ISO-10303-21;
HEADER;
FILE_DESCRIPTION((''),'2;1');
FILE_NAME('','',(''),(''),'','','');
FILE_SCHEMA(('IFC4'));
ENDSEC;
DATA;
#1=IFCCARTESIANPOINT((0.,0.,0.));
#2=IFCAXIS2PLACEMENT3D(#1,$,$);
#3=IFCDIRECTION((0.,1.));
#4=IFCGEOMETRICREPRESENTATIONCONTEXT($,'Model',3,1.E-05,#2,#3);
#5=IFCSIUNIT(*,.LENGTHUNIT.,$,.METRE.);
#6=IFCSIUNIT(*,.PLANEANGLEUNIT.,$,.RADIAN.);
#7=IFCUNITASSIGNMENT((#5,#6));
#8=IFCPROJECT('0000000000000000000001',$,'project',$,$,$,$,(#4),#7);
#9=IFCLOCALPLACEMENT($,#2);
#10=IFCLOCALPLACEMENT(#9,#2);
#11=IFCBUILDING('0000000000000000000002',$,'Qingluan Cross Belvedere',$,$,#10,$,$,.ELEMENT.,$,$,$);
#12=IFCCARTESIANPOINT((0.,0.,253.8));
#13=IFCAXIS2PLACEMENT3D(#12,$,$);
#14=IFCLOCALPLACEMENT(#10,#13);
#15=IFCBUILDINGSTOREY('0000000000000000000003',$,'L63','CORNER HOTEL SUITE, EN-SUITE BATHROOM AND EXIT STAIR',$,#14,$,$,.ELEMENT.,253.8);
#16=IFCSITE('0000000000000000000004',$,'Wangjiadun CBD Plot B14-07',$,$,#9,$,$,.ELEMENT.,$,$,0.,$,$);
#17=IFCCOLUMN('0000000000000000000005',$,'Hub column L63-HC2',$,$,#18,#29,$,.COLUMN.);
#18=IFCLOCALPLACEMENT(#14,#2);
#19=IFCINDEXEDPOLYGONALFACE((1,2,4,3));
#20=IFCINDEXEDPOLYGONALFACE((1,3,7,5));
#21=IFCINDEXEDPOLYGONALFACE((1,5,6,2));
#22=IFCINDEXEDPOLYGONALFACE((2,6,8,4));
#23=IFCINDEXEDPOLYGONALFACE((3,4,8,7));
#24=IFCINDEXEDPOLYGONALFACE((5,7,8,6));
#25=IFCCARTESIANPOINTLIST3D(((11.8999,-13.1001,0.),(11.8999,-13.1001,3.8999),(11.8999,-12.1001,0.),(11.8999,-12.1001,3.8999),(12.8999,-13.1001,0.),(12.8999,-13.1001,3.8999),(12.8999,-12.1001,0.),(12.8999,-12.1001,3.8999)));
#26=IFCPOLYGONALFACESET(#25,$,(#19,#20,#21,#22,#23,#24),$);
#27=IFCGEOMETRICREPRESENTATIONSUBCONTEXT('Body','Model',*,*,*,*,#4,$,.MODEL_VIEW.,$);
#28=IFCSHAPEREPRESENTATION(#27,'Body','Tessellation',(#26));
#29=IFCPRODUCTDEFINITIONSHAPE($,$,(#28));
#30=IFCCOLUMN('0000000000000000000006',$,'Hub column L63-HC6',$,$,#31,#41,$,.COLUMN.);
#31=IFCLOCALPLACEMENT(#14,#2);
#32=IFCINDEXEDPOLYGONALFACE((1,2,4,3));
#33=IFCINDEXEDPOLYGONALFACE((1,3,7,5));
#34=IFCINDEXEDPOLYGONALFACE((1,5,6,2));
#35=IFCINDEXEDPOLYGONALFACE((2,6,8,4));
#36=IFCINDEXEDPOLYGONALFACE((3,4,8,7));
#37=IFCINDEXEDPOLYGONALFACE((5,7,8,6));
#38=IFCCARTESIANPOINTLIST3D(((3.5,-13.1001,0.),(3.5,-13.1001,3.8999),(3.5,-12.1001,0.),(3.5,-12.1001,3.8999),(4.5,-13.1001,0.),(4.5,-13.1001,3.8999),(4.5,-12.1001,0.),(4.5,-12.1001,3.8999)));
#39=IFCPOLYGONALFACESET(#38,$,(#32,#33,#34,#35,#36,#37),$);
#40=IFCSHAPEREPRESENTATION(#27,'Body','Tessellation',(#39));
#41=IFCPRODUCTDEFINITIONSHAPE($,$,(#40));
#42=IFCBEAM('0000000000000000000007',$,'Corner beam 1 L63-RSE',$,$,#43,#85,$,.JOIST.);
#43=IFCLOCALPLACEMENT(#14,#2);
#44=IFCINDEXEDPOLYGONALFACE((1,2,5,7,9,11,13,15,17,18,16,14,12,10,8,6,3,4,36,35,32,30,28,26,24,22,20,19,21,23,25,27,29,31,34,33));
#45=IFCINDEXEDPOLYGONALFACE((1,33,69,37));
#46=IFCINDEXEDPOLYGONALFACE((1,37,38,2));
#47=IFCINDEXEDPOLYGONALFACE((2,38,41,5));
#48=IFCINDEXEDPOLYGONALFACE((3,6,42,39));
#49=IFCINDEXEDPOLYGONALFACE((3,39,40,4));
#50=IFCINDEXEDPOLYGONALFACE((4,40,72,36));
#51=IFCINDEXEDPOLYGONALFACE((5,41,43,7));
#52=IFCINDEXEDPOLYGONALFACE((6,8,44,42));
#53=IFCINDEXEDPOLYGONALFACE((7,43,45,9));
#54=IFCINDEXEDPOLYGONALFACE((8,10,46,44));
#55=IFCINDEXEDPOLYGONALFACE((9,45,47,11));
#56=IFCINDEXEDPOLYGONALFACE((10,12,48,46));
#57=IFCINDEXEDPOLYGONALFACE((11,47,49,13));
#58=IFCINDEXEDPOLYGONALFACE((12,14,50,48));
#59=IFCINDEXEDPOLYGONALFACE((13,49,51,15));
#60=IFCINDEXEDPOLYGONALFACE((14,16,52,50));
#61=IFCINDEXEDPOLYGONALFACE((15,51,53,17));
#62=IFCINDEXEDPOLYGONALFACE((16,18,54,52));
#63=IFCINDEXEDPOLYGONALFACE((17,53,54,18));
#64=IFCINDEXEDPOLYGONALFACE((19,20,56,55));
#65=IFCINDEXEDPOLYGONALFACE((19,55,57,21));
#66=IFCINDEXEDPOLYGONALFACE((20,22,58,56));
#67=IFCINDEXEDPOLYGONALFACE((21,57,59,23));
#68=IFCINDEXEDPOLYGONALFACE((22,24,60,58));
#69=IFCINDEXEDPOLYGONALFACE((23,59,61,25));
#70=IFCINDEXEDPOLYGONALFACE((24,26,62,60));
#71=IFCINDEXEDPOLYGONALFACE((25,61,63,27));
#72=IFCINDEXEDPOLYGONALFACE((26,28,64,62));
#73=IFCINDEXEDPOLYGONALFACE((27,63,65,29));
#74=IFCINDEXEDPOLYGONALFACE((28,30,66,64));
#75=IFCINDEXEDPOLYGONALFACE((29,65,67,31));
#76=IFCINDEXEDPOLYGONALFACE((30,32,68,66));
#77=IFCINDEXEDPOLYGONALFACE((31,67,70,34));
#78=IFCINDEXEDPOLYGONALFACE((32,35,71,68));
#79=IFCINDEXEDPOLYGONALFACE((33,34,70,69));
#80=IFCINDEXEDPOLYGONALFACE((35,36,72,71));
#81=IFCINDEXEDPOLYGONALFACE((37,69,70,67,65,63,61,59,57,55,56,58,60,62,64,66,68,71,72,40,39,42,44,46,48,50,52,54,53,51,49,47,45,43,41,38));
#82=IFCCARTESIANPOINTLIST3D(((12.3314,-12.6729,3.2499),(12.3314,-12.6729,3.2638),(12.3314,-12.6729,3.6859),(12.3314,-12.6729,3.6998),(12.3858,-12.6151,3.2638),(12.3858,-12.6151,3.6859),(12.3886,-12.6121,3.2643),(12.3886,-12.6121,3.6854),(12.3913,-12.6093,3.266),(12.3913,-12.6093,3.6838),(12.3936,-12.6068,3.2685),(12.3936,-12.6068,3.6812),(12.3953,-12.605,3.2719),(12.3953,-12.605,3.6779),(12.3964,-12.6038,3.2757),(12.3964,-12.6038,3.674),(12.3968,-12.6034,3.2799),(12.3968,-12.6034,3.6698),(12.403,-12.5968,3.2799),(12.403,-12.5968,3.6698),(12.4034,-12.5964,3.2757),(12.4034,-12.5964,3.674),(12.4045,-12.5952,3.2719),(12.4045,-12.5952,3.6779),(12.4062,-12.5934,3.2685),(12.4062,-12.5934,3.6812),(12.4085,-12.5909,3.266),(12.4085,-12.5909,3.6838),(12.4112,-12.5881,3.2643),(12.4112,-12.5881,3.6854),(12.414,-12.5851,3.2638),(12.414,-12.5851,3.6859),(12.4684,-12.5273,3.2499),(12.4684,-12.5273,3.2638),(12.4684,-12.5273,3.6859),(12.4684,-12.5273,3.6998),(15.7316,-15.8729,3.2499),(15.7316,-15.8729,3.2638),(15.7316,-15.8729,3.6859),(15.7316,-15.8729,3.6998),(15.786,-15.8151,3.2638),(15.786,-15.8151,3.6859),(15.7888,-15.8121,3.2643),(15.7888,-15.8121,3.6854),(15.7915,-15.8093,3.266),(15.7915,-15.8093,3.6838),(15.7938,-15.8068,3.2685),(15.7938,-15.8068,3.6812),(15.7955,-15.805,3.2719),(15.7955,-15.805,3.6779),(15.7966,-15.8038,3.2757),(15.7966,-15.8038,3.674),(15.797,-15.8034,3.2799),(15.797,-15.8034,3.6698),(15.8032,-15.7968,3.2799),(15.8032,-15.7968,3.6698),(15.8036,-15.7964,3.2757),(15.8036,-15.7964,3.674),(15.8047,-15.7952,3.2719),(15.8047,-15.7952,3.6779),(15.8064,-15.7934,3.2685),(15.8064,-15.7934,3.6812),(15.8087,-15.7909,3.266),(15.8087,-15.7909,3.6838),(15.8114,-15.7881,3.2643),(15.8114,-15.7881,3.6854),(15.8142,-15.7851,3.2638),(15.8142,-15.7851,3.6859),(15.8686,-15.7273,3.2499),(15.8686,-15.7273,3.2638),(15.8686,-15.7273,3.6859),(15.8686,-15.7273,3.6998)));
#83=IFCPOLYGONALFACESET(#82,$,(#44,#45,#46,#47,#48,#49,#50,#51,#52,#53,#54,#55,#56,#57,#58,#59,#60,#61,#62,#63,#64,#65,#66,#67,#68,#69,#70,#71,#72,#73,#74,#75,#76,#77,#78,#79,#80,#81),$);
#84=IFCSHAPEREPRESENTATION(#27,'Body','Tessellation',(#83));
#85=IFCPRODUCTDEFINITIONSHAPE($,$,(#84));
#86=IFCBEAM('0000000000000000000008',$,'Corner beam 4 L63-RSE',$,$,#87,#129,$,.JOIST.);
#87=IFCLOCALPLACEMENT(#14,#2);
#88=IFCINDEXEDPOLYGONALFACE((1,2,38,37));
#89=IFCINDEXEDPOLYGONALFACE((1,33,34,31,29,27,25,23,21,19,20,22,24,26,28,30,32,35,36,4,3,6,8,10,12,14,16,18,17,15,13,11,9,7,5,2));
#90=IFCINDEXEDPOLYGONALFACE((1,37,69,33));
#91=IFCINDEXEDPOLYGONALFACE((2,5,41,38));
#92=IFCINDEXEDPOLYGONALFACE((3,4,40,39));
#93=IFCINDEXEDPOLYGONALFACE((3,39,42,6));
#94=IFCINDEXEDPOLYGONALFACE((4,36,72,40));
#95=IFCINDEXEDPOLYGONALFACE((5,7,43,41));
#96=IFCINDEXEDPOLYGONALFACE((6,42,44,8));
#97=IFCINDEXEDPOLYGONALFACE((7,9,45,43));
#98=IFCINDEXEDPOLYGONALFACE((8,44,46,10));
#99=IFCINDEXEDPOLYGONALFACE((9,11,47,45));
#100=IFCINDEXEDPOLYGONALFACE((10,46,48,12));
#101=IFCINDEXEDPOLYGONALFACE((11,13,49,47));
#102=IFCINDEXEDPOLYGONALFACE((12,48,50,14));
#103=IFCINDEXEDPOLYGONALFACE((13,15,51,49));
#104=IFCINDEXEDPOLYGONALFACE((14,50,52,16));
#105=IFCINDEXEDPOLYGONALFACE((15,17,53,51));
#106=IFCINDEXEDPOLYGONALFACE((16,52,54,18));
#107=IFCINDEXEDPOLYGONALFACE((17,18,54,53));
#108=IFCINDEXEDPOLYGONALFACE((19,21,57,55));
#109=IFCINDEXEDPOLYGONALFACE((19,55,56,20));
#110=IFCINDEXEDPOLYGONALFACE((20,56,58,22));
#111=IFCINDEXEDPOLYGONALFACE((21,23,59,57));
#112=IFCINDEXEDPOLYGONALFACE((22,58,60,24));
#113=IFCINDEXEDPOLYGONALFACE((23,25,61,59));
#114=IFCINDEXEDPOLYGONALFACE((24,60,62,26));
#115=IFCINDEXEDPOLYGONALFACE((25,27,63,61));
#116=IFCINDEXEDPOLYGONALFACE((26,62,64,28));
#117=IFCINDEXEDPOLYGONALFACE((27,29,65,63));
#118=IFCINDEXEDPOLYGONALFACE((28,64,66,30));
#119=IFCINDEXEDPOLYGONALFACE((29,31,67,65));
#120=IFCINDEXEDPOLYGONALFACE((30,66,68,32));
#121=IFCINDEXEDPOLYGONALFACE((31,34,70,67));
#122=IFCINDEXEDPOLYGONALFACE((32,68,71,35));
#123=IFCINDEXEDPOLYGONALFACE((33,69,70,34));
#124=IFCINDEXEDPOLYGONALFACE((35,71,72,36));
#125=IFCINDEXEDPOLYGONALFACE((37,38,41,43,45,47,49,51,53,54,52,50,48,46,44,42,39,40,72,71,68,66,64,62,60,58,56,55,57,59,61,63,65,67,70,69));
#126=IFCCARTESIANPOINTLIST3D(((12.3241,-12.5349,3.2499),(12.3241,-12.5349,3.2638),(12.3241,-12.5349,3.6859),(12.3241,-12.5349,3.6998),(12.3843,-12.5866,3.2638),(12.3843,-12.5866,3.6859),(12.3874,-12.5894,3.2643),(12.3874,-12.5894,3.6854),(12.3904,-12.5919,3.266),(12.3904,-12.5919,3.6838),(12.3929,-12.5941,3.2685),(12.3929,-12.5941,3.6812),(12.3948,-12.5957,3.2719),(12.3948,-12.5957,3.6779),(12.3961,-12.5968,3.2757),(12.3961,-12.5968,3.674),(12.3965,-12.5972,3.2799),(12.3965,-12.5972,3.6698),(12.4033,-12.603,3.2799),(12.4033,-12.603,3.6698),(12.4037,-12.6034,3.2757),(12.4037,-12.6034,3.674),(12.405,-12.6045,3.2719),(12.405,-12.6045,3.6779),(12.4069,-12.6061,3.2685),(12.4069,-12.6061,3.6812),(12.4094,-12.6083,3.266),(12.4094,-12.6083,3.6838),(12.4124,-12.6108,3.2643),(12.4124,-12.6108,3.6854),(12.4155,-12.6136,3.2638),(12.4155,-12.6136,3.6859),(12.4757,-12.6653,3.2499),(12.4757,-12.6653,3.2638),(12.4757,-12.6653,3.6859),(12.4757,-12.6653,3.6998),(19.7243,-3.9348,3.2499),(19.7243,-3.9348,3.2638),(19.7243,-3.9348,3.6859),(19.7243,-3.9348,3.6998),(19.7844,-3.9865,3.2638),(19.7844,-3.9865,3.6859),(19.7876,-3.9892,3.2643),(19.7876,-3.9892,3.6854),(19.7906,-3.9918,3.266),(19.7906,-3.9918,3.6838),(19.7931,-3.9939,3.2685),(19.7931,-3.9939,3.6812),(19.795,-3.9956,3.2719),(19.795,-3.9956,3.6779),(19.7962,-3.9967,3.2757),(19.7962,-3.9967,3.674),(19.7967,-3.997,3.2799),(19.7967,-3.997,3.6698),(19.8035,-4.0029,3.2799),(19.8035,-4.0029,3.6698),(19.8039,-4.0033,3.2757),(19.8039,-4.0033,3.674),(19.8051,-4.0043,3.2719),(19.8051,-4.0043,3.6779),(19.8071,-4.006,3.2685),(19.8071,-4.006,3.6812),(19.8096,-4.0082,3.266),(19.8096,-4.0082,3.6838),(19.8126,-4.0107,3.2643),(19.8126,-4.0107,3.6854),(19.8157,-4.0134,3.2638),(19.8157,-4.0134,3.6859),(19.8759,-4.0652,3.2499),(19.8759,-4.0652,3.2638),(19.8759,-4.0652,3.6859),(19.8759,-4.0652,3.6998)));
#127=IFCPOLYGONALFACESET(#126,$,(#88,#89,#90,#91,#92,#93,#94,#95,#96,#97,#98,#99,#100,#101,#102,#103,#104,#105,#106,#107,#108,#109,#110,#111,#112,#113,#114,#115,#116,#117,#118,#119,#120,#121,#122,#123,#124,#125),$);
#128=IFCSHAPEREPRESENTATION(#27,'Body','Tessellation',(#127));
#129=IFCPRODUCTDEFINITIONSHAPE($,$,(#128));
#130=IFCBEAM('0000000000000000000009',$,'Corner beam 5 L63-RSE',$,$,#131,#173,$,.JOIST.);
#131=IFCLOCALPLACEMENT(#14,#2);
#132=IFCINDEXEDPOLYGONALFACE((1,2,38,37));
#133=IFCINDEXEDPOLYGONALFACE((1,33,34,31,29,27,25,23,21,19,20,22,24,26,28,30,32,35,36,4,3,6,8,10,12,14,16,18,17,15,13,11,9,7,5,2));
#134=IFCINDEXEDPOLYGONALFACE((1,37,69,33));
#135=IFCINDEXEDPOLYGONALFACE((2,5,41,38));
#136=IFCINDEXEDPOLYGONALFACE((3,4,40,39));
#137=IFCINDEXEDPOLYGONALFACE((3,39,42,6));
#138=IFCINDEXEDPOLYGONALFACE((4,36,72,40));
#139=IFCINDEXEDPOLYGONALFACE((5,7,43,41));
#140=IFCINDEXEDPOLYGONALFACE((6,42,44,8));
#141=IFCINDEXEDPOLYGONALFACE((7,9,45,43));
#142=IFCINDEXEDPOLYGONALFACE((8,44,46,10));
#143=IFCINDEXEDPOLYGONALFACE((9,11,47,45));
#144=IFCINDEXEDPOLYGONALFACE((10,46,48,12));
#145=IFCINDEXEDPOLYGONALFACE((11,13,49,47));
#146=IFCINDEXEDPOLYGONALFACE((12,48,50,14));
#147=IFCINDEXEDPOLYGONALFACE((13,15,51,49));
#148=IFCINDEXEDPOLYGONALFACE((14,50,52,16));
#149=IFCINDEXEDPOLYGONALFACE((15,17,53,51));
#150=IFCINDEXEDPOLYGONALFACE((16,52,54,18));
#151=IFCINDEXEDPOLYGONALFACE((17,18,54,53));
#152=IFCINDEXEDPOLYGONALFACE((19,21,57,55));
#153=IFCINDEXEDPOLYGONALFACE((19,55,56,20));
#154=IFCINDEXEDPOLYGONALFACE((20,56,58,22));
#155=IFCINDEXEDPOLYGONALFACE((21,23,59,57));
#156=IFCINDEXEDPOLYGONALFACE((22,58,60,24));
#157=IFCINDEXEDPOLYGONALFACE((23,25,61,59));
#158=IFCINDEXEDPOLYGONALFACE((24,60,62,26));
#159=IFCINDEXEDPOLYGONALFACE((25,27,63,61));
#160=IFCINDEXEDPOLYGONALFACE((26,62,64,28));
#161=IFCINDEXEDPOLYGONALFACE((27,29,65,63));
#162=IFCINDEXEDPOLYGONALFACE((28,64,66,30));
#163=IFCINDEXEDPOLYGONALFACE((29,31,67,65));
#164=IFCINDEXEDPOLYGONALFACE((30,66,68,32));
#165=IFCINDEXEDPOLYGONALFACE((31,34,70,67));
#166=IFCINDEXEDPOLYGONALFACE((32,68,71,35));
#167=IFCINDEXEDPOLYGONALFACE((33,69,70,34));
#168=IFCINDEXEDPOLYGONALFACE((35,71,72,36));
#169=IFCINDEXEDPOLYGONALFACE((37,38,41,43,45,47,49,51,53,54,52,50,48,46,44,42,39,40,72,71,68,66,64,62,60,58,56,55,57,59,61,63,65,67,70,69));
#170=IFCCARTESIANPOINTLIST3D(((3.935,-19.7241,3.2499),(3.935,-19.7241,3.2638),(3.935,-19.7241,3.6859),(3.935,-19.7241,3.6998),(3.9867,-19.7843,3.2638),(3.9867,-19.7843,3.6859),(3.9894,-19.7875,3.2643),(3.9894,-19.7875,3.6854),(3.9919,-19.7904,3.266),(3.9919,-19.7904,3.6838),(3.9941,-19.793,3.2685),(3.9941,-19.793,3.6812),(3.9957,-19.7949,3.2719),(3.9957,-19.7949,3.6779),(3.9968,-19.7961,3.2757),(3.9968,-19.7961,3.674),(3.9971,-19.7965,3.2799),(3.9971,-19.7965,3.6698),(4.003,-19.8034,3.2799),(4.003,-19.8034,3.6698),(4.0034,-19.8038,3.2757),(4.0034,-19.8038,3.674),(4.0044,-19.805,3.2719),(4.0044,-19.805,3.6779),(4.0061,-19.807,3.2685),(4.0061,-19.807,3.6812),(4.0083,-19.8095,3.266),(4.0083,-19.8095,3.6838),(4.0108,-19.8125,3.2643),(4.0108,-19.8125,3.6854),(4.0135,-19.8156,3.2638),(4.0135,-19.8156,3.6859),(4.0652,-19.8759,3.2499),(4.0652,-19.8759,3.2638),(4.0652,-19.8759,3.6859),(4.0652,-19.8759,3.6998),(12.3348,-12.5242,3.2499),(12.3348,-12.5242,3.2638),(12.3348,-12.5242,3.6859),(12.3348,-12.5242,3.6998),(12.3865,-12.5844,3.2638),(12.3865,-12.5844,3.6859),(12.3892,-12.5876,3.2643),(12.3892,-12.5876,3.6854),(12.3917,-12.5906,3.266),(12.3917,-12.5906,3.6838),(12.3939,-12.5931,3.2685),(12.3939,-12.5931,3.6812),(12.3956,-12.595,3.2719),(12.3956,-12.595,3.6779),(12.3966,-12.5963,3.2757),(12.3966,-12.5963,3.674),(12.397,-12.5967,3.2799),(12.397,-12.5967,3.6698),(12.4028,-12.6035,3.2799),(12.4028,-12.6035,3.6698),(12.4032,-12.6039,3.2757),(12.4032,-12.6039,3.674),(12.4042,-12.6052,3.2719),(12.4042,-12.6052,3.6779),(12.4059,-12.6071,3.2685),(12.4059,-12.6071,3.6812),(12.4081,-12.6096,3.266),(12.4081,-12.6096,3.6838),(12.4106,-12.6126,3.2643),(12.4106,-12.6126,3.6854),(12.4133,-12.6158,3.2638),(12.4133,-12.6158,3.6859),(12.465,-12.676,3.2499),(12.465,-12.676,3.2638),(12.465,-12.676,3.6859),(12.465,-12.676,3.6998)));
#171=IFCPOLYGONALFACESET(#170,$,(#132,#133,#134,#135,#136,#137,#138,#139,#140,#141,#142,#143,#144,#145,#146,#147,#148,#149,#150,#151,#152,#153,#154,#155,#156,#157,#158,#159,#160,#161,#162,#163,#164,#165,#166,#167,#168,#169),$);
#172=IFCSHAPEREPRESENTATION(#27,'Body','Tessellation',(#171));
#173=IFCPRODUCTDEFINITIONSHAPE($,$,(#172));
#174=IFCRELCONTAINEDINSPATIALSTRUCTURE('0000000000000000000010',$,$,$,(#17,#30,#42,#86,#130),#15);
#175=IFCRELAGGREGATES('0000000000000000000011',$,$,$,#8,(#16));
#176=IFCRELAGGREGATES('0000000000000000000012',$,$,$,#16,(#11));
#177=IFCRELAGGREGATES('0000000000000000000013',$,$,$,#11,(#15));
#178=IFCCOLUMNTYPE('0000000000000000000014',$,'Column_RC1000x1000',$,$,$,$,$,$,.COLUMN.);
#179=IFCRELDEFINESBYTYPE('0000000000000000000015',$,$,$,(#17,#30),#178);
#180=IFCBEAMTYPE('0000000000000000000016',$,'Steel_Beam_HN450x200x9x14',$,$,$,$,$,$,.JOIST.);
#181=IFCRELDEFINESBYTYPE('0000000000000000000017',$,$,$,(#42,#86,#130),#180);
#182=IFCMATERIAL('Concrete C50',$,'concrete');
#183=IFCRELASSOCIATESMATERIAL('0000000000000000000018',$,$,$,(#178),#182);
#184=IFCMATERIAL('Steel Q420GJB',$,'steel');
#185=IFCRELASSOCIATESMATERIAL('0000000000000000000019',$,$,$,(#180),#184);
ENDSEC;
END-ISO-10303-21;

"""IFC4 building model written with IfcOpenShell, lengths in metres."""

from ifc_helpers import new_model, si_unit, direction, frame, origin, origin_2d, place, context, subcontext, project, spatial, rectangle, i_section, extrude, material, material_profile, profile_set, type_object, element, save


model = new_model("IFC4")

# Units and contexts
model_context = context("Model", 3, precision=1e-05, world=origin(), true_north=direction((0.0, 1.0)))
body_context = subcontext(model_context, "Body", "Model", "MODEL_VIEW")
ifc_project = project(units=[si_unit("LENGTHUNIT", "METRE"), si_unit("PLANEANGLEUNIT", "RADIAN")], contexts=[model_context])

# Site, building, storey
site_placement = place(None, origin())
site = spatial("IfcSite", under=ifc_project, at=site_placement, Name="Wangjiadun CBD Plot B14-07", CompositionType="ELEMENT", RefElevation=0.0)
building_placement = place(site_placement, origin())
building = spatial("IfcBuilding", under=site, at=building_placement, Name="Qingluan Cross Belvedere", CompositionType="ELEMENT")
storey_placement = place(building_placement, frame((0.0, 0.0, 253.8)))
storey = spatial("IfcBuildingStorey", under=building, at=storey_placement, Name="L63", Description="CORNER HOTEL SUITE, EN-SUITE BATHROOM AND EXIT STAIR", CompositionType="ELEMENT", Elevation=253.8)

# Columns
ifc_material_1 = material(Name="Concrete C50", Category="concrete")
ifc_material_profile_1 = material_profile(ifc_material_1, rectangle(XDim=1.0, YDim=1.0, at=origin_2d()), Name="RC1000x1000")
ifc_profile_set_1 = profile_set([ifc_material_profile_1], Name="Concrete C50")
column_type = type_object("IfcColumnType", Name="Column_RC1000x1000", PredefinedType="COLUMN", material=ifc_profile_set_1)
for number, where, z_axis, x_axis, name in (
    (1, (12.3999, -12.6001, 0.0), (0.0, 0.0, 1.0), (1.0, 0.0, 0.0), "Hub column L63-HC2"),
    (2, (4.0, -12.6001, 0.0), (0.0, 0.0, 1.0), (1.0, 0.0, 0.0), "Hub column L63-HC6"),
):
    element("IfcColumn", number, at=place(storey_placement, frame(where, z_axis=z_axis, x_axis=x_axis)), inside=storey, type_object=column_type, Name=name, PredefinedType="COLUMN", context=body_context, shape_type="SweptSolid", body=[
        extrude(rectangle(XDim=1.0, YDim=1.0, at=origin_2d()), origin(), (0.0, 0.0, 1.0), 3.8999),
    ])

# Beams
ifc_material_2 = material(Name="Steel Q420GJB", Category="steel")
ifc_material_profile_2 = material_profile(ifc_material_2, i_section(OverallWidth=0.2, OverallDepth=0.45, WebThickness=0.009, FlangeThickness=0.0139, FilletRadius=0.0161, at=origin_2d()), Name="HN450x200x9x14")
ifc_profile_set_2 = profile_set([ifc_material_profile_2], Name="Steel Q420GJB")
beam_type_1 = type_object("IfcBeamType", Name="Steel_Beam_HN450x200x9x14", PredefinedType="JOIST", material=ifc_profile_set_2)
beam_1_placement = place(storey_placement, frame((12.3999, -12.6001, 3.4749), z_axis=(0.72822, -0.685343, 0.0), x_axis=(0.685343, 0.72822, 0.0)))
element("IfcBeam", 3, at=beam_1_placement, inside=storey, type_object=beam_type_1, Name="Corner beam 1 L63-RSE", PredefinedType="JOIST", context=body_context, shape_type="SweptSolid", body=[
    extrude(i_section(OverallWidth=0.2, OverallDepth=0.45, WebThickness=0.009, FlangeThickness=0.0139, FilletRadius=0.0161, at=origin_2d()), origin(), (0.0, 0.0, 1.0), 4.6692),
])
beam_2_placement = place(storey_placement, frame((12.3999, -12.6001, 3.4749), z_axis=(0.652245, 0.758008, 0.0), x_axis=(-0.758008, 0.652245, 0.0)))
element("IfcBeam", 4, at=beam_2_placement, inside=storey, type_object=beam_type_1, Name="Corner beam 4 L63-RSE", PredefinedType="JOIST", context=body_context, shape_type="SweptSolid", body=[
    extrude(i_section(OverallWidth=0.2, OverallDepth=0.45, WebThickness=0.009, FlangeThickness=0.0139, FilletRadius=0.0161, at=origin_2d()), origin(), (0.0, 0.0, 1.0), 11.3457),
])
beam_3_placement = place(storey_placement, frame((12.3999, -12.6001, 3.4749), z_axis=(-0.759255, -0.650793, 0.0), x_axis=(0.650793, -0.759255, 0.0)))
element("IfcBeam", 5, at=beam_3_placement, inside=storey, type_object=beam_type_1, Name="Corner beam 5 L63-RSE", PredefinedType="JOIST", context=body_context, shape_type="SweptSolid", body=[
    extrude(i_section(OverallWidth=0.2, OverallDepth=0.45, WebThickness=0.009, FlangeThickness=0.0139, FilletRadius=0.0161, at=origin_2d()), origin(), (0.0, 0.0, 1.0), 11.0632),
])

save(model, "model.ifc")
